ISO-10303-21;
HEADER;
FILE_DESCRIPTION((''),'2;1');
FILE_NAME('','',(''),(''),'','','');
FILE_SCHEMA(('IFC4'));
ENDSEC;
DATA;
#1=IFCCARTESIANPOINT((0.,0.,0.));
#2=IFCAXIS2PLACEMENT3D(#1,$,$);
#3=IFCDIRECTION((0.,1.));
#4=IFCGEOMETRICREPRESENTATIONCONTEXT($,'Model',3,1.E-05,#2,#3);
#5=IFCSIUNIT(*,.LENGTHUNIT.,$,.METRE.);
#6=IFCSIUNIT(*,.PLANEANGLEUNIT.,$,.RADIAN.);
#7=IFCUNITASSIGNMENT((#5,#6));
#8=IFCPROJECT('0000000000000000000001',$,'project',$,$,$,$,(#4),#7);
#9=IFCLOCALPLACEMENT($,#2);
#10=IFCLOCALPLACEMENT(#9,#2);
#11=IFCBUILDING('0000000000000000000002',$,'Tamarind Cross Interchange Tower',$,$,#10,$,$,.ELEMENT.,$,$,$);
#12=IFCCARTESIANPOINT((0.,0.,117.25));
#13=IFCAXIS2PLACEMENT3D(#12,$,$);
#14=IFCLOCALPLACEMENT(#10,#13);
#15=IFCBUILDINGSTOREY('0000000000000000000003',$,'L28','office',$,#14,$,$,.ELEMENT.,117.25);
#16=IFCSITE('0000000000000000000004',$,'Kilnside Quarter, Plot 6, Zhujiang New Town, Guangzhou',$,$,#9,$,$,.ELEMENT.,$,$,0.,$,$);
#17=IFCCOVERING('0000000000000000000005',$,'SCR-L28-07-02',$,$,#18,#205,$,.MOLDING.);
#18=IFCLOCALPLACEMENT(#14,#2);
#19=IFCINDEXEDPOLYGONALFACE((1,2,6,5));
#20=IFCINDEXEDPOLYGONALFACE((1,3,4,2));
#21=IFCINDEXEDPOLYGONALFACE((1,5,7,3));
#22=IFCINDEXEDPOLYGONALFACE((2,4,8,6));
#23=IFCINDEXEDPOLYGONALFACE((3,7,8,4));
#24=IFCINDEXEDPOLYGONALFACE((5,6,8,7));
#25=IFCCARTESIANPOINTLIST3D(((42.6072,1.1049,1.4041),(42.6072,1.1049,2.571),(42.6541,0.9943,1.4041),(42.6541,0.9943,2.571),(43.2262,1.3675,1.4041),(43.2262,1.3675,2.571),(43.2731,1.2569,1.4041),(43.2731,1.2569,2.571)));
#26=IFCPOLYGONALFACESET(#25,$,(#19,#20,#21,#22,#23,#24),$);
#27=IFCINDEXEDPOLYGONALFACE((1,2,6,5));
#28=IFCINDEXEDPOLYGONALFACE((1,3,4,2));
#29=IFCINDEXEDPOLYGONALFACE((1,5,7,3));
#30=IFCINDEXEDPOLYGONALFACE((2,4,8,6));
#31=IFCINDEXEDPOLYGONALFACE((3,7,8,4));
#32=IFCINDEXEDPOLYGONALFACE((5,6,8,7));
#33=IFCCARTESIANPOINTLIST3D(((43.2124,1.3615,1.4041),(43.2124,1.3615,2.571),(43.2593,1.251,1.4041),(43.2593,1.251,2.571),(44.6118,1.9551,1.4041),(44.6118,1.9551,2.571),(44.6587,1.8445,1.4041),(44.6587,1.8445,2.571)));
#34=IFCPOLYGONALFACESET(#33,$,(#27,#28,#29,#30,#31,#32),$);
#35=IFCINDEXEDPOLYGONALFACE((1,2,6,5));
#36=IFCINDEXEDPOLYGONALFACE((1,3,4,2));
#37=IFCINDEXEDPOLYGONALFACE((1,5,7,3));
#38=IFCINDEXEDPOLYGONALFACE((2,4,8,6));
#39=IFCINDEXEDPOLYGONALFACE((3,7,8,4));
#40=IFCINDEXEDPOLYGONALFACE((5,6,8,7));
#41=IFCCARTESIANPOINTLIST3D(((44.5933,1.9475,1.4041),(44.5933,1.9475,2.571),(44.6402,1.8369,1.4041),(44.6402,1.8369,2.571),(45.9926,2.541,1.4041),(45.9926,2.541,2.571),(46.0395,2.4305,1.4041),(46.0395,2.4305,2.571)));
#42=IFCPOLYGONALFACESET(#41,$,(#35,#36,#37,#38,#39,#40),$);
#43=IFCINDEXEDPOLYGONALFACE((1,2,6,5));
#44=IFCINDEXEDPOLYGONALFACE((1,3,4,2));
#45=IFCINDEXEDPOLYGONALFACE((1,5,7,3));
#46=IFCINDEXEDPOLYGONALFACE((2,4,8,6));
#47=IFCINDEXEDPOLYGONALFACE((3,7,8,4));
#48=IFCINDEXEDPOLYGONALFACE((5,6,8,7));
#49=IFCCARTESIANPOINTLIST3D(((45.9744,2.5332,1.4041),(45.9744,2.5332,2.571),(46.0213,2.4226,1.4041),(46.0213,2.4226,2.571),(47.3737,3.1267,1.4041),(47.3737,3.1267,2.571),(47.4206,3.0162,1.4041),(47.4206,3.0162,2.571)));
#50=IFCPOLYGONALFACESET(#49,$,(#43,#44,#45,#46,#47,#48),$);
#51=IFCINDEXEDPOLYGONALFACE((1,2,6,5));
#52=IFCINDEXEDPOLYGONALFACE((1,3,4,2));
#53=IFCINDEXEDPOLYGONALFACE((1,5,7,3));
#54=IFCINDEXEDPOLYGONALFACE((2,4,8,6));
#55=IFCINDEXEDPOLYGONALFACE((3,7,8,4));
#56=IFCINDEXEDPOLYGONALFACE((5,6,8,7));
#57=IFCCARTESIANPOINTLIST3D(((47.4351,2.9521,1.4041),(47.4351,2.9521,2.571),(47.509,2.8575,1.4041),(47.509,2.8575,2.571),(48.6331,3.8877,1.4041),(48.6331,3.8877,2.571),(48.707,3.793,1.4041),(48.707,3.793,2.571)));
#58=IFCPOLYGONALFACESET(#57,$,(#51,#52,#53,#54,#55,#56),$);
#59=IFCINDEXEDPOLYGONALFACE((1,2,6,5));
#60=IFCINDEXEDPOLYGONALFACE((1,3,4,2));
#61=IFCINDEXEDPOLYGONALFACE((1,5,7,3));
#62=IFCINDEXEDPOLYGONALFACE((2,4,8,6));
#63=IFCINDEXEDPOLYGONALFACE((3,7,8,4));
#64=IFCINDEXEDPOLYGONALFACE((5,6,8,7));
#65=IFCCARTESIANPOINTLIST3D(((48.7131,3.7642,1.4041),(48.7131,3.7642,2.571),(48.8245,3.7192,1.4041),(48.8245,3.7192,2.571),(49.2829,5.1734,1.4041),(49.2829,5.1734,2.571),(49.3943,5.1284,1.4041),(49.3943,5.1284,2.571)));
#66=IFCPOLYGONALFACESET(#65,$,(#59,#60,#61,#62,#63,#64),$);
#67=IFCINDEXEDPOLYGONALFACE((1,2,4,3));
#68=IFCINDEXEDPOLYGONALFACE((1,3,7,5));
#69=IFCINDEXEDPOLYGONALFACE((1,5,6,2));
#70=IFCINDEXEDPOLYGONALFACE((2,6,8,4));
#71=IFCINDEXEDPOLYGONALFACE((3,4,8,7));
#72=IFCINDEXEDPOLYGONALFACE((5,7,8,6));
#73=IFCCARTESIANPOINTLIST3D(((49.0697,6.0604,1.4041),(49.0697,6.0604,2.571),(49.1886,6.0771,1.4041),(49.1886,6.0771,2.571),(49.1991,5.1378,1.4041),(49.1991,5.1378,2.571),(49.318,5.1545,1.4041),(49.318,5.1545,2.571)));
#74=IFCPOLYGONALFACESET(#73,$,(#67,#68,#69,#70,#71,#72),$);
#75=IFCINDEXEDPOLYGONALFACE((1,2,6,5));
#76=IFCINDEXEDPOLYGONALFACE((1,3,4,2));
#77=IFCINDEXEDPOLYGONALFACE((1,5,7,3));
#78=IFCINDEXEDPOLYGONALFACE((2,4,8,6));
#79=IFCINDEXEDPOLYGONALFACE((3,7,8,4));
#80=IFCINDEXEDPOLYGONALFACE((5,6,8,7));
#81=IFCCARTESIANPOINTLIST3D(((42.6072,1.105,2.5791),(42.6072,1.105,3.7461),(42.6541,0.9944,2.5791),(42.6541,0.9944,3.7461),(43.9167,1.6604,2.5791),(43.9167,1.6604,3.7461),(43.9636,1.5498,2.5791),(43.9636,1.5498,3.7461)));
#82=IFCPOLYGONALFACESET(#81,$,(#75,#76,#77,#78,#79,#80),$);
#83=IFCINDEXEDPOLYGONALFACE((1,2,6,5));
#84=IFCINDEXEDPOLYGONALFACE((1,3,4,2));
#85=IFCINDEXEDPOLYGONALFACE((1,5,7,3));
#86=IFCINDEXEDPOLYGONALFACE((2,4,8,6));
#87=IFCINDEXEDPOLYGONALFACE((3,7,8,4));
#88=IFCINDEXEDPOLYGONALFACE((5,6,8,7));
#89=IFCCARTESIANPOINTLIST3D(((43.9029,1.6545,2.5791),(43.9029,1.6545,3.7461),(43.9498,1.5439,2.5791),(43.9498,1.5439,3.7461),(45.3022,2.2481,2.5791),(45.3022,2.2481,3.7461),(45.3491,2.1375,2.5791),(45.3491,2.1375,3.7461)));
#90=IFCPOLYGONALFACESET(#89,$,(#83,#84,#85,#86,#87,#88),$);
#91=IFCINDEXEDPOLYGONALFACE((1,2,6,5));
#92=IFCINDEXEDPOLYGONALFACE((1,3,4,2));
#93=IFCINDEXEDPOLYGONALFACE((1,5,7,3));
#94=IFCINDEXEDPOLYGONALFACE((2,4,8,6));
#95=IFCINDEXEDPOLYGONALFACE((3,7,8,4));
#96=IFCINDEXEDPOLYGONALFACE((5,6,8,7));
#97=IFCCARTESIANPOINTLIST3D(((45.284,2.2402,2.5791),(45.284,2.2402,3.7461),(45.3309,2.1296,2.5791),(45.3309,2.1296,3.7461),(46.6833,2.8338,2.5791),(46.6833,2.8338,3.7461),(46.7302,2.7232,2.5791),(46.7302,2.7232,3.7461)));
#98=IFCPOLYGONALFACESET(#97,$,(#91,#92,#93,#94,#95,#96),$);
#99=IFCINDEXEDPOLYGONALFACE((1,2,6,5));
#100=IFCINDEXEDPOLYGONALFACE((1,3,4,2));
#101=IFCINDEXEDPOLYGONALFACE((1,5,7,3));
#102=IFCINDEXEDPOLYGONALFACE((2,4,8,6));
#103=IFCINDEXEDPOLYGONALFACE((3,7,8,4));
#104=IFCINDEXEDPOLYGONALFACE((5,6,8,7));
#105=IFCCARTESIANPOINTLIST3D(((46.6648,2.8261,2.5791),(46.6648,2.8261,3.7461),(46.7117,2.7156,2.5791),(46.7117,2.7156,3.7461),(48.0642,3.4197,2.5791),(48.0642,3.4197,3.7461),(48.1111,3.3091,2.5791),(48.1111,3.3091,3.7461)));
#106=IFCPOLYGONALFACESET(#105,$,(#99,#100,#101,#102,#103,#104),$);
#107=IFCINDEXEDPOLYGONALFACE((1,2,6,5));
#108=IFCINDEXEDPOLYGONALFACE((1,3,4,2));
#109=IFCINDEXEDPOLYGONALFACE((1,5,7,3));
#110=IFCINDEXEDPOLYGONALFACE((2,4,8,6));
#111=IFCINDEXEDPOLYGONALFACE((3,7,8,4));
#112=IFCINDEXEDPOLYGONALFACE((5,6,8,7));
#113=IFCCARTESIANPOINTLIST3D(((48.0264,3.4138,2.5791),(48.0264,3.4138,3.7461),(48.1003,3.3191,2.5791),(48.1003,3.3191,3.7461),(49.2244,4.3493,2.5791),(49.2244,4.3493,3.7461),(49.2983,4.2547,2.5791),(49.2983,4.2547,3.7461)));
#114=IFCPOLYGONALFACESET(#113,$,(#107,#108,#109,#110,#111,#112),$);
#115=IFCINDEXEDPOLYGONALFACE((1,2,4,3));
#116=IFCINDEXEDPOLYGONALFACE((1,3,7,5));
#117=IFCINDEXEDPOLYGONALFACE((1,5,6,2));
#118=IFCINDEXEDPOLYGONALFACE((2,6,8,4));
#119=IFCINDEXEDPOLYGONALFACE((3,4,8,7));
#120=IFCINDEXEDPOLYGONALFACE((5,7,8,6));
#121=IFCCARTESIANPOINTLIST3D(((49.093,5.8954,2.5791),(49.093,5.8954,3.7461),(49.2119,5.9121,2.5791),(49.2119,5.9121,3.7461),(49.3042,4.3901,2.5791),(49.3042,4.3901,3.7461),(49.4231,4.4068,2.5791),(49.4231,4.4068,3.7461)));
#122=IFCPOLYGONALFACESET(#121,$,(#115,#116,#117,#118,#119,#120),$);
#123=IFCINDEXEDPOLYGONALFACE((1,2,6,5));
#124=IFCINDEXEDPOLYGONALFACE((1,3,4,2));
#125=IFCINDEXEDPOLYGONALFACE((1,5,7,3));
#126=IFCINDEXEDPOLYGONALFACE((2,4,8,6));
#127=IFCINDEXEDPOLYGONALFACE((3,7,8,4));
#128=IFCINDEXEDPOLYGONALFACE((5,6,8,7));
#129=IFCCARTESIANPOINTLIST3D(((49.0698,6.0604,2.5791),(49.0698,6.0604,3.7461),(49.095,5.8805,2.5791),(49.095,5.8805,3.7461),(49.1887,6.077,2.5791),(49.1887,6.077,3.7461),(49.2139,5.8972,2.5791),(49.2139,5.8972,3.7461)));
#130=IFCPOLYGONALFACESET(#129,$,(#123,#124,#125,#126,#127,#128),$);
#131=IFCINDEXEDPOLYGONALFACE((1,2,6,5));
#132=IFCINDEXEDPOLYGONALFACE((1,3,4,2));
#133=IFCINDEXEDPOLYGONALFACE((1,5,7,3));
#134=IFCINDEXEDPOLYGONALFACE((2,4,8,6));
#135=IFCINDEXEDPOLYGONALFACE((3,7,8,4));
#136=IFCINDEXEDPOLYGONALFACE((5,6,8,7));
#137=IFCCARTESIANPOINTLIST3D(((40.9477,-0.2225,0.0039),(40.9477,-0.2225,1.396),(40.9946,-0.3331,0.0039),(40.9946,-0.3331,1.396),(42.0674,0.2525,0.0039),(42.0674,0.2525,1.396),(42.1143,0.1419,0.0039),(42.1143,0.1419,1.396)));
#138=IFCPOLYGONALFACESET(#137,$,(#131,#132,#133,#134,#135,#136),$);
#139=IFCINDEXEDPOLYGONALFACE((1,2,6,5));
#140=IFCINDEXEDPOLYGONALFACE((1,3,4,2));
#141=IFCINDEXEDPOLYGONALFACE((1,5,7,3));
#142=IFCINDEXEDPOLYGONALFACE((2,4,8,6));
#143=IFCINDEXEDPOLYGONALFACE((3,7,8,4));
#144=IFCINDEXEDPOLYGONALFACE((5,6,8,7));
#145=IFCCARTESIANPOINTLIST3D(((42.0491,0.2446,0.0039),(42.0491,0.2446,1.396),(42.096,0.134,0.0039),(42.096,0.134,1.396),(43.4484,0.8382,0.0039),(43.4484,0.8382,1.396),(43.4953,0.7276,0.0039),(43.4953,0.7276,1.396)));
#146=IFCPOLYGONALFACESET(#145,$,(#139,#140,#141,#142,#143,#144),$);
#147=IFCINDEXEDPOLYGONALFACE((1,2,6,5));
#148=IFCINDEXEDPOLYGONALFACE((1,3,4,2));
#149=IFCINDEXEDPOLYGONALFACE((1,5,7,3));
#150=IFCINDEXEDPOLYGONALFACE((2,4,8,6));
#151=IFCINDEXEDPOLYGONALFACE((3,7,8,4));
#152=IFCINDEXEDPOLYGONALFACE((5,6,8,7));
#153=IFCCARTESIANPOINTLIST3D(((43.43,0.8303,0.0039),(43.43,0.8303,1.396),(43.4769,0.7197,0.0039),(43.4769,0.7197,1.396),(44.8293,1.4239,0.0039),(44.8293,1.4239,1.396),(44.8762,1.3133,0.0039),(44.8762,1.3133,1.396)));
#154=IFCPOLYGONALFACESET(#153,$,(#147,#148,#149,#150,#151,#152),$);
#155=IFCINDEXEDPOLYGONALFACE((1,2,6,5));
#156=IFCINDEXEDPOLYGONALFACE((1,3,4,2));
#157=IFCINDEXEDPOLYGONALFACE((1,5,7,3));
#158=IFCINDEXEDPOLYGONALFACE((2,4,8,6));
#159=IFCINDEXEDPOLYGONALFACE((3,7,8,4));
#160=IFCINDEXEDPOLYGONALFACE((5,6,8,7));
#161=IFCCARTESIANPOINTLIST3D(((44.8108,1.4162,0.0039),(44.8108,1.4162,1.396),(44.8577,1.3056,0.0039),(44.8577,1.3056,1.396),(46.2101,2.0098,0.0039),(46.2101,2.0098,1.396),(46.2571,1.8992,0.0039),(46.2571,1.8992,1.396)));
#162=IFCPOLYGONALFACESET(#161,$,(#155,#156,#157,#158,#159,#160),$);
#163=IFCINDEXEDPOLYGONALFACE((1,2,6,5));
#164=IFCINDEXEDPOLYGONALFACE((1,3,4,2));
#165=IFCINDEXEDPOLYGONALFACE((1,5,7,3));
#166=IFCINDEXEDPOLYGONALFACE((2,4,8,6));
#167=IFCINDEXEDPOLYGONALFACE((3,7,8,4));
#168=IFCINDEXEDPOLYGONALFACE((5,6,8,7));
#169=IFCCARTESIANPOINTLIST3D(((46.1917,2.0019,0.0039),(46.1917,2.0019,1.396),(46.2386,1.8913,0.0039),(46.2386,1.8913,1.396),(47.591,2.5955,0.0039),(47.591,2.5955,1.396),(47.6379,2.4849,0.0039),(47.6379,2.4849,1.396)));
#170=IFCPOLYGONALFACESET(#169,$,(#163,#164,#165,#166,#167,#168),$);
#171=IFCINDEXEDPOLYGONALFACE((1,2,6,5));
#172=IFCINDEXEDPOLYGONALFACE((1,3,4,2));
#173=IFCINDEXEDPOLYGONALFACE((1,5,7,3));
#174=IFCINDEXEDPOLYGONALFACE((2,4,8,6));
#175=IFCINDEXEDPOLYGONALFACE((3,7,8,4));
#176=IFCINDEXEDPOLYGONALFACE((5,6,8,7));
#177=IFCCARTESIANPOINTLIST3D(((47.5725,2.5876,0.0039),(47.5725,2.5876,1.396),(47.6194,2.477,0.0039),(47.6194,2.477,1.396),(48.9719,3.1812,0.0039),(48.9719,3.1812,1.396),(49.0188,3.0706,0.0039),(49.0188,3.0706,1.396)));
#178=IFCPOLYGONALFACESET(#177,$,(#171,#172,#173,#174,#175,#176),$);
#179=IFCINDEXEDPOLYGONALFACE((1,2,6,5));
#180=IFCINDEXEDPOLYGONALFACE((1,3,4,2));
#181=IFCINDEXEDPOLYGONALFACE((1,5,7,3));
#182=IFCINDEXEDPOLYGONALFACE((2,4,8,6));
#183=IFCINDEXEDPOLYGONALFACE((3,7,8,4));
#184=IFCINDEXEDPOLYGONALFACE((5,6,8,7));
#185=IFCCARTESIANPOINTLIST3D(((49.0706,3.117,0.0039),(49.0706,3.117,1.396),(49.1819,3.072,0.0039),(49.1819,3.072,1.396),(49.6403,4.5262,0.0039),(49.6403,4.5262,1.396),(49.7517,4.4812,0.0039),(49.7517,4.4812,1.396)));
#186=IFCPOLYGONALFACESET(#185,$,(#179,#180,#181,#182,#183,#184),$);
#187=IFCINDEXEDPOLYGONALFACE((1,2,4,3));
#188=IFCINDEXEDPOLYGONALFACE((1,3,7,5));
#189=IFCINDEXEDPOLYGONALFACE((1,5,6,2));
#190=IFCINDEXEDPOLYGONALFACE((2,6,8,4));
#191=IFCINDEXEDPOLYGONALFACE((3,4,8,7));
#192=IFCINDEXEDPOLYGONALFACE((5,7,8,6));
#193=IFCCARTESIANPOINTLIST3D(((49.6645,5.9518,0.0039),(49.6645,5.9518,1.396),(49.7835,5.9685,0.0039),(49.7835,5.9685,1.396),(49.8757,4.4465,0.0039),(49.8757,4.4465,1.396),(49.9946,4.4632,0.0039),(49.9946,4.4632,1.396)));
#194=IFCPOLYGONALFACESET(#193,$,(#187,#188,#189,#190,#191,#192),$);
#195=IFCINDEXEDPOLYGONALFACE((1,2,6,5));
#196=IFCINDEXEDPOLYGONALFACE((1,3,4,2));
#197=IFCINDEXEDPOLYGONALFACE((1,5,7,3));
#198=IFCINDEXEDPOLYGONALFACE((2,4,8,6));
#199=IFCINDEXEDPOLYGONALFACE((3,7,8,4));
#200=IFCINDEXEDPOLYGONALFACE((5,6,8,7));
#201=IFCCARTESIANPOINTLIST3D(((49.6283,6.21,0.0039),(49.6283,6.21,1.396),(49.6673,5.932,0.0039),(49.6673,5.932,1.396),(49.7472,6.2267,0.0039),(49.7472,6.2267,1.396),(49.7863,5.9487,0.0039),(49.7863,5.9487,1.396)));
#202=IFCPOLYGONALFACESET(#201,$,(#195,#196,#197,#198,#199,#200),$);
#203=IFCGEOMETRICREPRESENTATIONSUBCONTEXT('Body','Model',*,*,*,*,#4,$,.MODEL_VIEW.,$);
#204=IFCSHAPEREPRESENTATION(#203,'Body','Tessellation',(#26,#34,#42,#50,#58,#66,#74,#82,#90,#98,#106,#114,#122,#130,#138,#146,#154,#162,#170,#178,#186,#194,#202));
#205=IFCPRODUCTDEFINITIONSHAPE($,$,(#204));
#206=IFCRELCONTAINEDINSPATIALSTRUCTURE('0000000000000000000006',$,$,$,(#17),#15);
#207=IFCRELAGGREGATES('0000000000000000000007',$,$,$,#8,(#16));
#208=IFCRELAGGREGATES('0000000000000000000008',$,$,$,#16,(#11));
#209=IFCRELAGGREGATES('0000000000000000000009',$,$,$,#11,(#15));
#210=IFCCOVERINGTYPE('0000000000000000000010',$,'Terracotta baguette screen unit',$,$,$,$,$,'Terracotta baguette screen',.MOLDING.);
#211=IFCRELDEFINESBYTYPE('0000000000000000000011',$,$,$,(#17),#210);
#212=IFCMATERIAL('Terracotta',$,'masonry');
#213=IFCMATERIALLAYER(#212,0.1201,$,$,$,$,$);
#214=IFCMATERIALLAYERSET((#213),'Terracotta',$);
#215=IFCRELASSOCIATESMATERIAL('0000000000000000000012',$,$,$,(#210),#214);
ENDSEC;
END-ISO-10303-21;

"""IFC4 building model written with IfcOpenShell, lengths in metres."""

from ifc_helpers import new_model, si_unit, direction, frame, origin, origin_2d, place, context, subcontext, project, spatial, rectangle, extrude, material, layer, layer_set, type_object, element, save


model = new_model("IFC4")

# Units and contexts
model_context = context("Model", 3, precision=1e-05, world=origin(), true_north=direction((0.0, 1.0)))
body_context = subcontext(model_context, "Body", "Model", "MODEL_VIEW")
ifc_project = project(units=[si_unit("LENGTHUNIT", "METRE"), si_unit("PLANEANGLEUNIT", "RADIAN")], contexts=[model_context])

# Site, building, storey
site_placement = place(None, origin())
site = spatial("IfcSite", under=ifc_project, at=site_placement, Name="Kilnside Quarter, Plot 6, Zhujiang New Town, Guangzhou", CompositionType="ELEMENT", RefElevation=0.0)
building_placement = place(site_placement, origin())
building = spatial("IfcBuilding", under=site, at=building_placement, Name="Tamarind Cross Interchange Tower", CompositionType="ELEMENT")
storey_placement = place(building_placement, frame((0.0, 0.0, 117.25)))
storey = spatial("IfcBuildingStorey", under=building, at=storey_placement, Name="L28", Description="office", CompositionType="ELEMENT", Elevation=117.25)

# Covering
ifc_material_1 = material(Name="Terracotta", Category="masonry")
ifc_layer_1 = layer(ifc_material_1, 0.1201)
ifc_layer_set_1 = layer_set([ifc_layer_1], Name="Terracotta")
covering_type = type_object("IfcCoveringType", Name="Terracotta baguette screen unit", ElementType="Terracotta baguette screen", PredefinedType="MOLDING", material=ifc_layer_set_1)
covering_1_placement = place(storey_placement, origin())
element("IfcCovering", 1, at=covering_1_placement, inside=storey, type_object=covering_type, Name="SCR-L28-07-02", PredefinedType="MOLDING", context=body_context, shape_type="SweptSolid", body=[
    extrude(rectangle(XDim=0.6724, YDim=0.1201, at=origin_2d()), frame((42.9402, 1.1809, 1.4041), z_axis=(0.0, 0.0, 1.0), x_axis=(0.920603, 0.3905, 0.0)), (0.0, 0.0, 1.0), 1.167),
    extrude(rectangle(XDim=1.52, YDim=0.1201, at=origin_2d()), frame((43.9355, 1.603, 1.4041), z_axis=(0.0, 0.0, 1.0), x_axis=(0.920603, 0.3905, 0.0)), (0.0, 0.0, 1.0), 1.167),
    extrude(rectangle(XDim=1.52, YDim=0.1201, at=origin_2d()), frame((45.3164, 2.189, 1.4041), z_axis=(0.0, 0.0, 1.0), x_axis=(0.920603, 0.3905, 0.0)), (0.0, 0.0, 1.0), 1.167),
    extrude(rectangle(XDim=1.52, YDim=0.1201, at=origin_2d()), frame((46.6975, 2.7747, 1.4041), z_axis=(0.0, 0.0, 1.0), x_axis=(0.920603, 0.3905, 0.0)), (0.0, 0.0, 1.0), 1.167),
    extrude(rectangle(XDim=1.52, YDim=0.1201, at=origin_2d()), frame((48.071, 3.3726, 1.4041), z_axis=(0.0, 0.0, 1.0), x_axis=(0.788165, 0.615463, 0.0)), (0.0, 0.0, 1.0), 1.167),
    extrude(rectangle(XDim=1.52, YDim=0.1201, at=origin_2d()), frame((49.0537, 4.4463, 1.4041), z_axis=(0.0, 0.0, 1.0), x_axis=(0.37484, 0.92709, 0.0)), (0.0, 0.0, 1.0), 1.167),
    extrude(rectangle(XDim=0.9316, YDim=0.1201, at=origin_2d()), frame((49.1938, 5.6074, 1.4041), z_axis=(0.0, 0.0, 1.0), x_axis=(-0.138924, 0.990303, 0.0)), (0.0, 0.0, 1.0), 1.167),
    extrude(rectangle(XDim=1.4224, YDim=0.1201, at=origin_2d()), frame((43.2854, 1.3274, 2.5791), z_axis=(0.0, 0.0, 1.0), x_axis=(0.920603, 0.3905, 0.0)), (0.0, 0.0, 1.0), 1.167),
    extrude(rectangle(XDim=1.52, YDim=0.1201, at=origin_2d()), frame((44.626, 1.896, 2.5791), z_axis=(0.0, 0.0, 1.0), x_axis=(0.920603, 0.3905, 0.0)), (0.0, 0.0, 1.0), 1.167),
    extrude(rectangle(XDim=1.52, YDim=0.1201, at=origin_2d()), frame((46.0071, 2.4817, 2.5791), z_axis=(0.0, 0.0, 1.0), x_axis=(0.920603, 0.3905, 0.0)), (0.0, 0.0, 1.0), 1.167),
    extrude(rectangle(XDim=1.52, YDim=0.1201, at=origin_2d()), frame((47.3879, 3.0676, 2.5791), z_axis=(0.0, 0.0, 1.0), x_axis=(0.920603, 0.3905, 0.0)), (0.0, 0.0, 1.0), 1.167),
    extrude(rectangle(XDim=1.52, YDim=0.1201, at=origin_2d()), frame((48.6624, 3.8342, 2.5791), z_axis=(0.0, 0.0, 1.0), x_axis=(0.788165, 0.615463, 0.0)), (0.0, 0.0, 1.0), 1.167),
    extrude(rectangle(XDim=1.52, YDim=0.1201, at=origin_2d()), frame((49.2581, 5.1511, 2.5791), z_axis=(0.0, 0.0, 1.0), x_axis=(-0.138924, 0.990303, 0.0)), (0.0, 0.0, 1.0), 1.167),
    extrude(rectangle(XDim=0.1816, YDim=0.1201, at=origin_2d()), frame((49.1418, 5.9788, 2.5791), z_axis=(0.0, 0.0, 1.0), x_axis=(-0.138924, 0.990303, 0.0)), (0.0, 0.0, 1.0), 1.167),
    extrude(rectangle(XDim=1.2163, YDim=0.1201, at=origin_2d()), frame((41.531, -0.0403, 0.0039), z_axis=(0.0, 0.0, 1.0), x_axis=(0.920603, 0.3905, 0.0)), (0.0, 0.0, 1.0), 1.3921),
    extrude(rectangle(XDim=1.52, YDim=0.1201, at=origin_2d()), frame((42.7722, 0.4861, 0.0039), z_axis=(0.0, 0.0, 1.0), x_axis=(0.920603, 0.3905, 0.0)), (0.0, 0.0, 1.0), 1.3921),
    extrude(rectangle(XDim=1.52, YDim=0.1201, at=origin_2d()), frame((44.1531, 1.0718, 0.0039), z_axis=(0.0, 0.0, 1.0), x_axis=(0.920603, 0.3905, 0.0)), (0.0, 0.0, 1.0), 1.3921),
    extrude(rectangle(XDim=1.52, YDim=0.1201, at=origin_2d()), frame((45.5339, 1.6577, 0.0039), z_axis=(0.0, 0.0, 1.0), x_axis=(0.920603, 0.3905, 0.0)), (0.0, 0.0, 1.0), 1.3921),
    extrude(rectangle(XDim=1.52, YDim=0.1201, at=origin_2d()), frame((46.9148, 2.2434, 0.0039), z_axis=(0.0, 0.0, 1.0), x_axis=(0.920603, 0.3905, 0.0)), (0.0, 0.0, 1.0), 1.3921),
    extrude(rectangle(XDim=1.52, YDim=0.1201, at=origin_2d()), frame((48.2957, 2.8291, 0.0039), z_axis=(0.0, 0.0, 1.0), x_axis=(0.920603, 0.3905, 0.0)), (0.0, 0.0, 1.0), 1.3921),
    extrude(rectangle(XDim=1.52, YDim=0.1201, at=origin_2d()), frame((49.4111, 3.7991, 0.0039), z_axis=(0.0, 0.0, 1.0), x_axis=(0.37484, 0.92709, 0.0)), (0.0, 0.0, 1.0), 1.3921),
    extrude(rectangle(XDim=1.52, YDim=0.1201, at=origin_2d()), frame((49.8296, 5.2075, 0.0039), z_axis=(0.0, 0.0, 1.0), x_axis=(-0.138924, 0.990303, 0.0)), (0.0, 0.0, 1.0), 1.3921),
    extrude(rectangle(XDim=0.2808, YDim=0.1201, at=origin_2d()), frame((49.7073, 6.0793, 0.0039), z_axis=(0.0, 0.0, 1.0), x_axis=(-0.138924, 0.990303, 0.0)), (0.0, 0.0, 1.0), 1.3921),
])

save(model, "model.ifc")
